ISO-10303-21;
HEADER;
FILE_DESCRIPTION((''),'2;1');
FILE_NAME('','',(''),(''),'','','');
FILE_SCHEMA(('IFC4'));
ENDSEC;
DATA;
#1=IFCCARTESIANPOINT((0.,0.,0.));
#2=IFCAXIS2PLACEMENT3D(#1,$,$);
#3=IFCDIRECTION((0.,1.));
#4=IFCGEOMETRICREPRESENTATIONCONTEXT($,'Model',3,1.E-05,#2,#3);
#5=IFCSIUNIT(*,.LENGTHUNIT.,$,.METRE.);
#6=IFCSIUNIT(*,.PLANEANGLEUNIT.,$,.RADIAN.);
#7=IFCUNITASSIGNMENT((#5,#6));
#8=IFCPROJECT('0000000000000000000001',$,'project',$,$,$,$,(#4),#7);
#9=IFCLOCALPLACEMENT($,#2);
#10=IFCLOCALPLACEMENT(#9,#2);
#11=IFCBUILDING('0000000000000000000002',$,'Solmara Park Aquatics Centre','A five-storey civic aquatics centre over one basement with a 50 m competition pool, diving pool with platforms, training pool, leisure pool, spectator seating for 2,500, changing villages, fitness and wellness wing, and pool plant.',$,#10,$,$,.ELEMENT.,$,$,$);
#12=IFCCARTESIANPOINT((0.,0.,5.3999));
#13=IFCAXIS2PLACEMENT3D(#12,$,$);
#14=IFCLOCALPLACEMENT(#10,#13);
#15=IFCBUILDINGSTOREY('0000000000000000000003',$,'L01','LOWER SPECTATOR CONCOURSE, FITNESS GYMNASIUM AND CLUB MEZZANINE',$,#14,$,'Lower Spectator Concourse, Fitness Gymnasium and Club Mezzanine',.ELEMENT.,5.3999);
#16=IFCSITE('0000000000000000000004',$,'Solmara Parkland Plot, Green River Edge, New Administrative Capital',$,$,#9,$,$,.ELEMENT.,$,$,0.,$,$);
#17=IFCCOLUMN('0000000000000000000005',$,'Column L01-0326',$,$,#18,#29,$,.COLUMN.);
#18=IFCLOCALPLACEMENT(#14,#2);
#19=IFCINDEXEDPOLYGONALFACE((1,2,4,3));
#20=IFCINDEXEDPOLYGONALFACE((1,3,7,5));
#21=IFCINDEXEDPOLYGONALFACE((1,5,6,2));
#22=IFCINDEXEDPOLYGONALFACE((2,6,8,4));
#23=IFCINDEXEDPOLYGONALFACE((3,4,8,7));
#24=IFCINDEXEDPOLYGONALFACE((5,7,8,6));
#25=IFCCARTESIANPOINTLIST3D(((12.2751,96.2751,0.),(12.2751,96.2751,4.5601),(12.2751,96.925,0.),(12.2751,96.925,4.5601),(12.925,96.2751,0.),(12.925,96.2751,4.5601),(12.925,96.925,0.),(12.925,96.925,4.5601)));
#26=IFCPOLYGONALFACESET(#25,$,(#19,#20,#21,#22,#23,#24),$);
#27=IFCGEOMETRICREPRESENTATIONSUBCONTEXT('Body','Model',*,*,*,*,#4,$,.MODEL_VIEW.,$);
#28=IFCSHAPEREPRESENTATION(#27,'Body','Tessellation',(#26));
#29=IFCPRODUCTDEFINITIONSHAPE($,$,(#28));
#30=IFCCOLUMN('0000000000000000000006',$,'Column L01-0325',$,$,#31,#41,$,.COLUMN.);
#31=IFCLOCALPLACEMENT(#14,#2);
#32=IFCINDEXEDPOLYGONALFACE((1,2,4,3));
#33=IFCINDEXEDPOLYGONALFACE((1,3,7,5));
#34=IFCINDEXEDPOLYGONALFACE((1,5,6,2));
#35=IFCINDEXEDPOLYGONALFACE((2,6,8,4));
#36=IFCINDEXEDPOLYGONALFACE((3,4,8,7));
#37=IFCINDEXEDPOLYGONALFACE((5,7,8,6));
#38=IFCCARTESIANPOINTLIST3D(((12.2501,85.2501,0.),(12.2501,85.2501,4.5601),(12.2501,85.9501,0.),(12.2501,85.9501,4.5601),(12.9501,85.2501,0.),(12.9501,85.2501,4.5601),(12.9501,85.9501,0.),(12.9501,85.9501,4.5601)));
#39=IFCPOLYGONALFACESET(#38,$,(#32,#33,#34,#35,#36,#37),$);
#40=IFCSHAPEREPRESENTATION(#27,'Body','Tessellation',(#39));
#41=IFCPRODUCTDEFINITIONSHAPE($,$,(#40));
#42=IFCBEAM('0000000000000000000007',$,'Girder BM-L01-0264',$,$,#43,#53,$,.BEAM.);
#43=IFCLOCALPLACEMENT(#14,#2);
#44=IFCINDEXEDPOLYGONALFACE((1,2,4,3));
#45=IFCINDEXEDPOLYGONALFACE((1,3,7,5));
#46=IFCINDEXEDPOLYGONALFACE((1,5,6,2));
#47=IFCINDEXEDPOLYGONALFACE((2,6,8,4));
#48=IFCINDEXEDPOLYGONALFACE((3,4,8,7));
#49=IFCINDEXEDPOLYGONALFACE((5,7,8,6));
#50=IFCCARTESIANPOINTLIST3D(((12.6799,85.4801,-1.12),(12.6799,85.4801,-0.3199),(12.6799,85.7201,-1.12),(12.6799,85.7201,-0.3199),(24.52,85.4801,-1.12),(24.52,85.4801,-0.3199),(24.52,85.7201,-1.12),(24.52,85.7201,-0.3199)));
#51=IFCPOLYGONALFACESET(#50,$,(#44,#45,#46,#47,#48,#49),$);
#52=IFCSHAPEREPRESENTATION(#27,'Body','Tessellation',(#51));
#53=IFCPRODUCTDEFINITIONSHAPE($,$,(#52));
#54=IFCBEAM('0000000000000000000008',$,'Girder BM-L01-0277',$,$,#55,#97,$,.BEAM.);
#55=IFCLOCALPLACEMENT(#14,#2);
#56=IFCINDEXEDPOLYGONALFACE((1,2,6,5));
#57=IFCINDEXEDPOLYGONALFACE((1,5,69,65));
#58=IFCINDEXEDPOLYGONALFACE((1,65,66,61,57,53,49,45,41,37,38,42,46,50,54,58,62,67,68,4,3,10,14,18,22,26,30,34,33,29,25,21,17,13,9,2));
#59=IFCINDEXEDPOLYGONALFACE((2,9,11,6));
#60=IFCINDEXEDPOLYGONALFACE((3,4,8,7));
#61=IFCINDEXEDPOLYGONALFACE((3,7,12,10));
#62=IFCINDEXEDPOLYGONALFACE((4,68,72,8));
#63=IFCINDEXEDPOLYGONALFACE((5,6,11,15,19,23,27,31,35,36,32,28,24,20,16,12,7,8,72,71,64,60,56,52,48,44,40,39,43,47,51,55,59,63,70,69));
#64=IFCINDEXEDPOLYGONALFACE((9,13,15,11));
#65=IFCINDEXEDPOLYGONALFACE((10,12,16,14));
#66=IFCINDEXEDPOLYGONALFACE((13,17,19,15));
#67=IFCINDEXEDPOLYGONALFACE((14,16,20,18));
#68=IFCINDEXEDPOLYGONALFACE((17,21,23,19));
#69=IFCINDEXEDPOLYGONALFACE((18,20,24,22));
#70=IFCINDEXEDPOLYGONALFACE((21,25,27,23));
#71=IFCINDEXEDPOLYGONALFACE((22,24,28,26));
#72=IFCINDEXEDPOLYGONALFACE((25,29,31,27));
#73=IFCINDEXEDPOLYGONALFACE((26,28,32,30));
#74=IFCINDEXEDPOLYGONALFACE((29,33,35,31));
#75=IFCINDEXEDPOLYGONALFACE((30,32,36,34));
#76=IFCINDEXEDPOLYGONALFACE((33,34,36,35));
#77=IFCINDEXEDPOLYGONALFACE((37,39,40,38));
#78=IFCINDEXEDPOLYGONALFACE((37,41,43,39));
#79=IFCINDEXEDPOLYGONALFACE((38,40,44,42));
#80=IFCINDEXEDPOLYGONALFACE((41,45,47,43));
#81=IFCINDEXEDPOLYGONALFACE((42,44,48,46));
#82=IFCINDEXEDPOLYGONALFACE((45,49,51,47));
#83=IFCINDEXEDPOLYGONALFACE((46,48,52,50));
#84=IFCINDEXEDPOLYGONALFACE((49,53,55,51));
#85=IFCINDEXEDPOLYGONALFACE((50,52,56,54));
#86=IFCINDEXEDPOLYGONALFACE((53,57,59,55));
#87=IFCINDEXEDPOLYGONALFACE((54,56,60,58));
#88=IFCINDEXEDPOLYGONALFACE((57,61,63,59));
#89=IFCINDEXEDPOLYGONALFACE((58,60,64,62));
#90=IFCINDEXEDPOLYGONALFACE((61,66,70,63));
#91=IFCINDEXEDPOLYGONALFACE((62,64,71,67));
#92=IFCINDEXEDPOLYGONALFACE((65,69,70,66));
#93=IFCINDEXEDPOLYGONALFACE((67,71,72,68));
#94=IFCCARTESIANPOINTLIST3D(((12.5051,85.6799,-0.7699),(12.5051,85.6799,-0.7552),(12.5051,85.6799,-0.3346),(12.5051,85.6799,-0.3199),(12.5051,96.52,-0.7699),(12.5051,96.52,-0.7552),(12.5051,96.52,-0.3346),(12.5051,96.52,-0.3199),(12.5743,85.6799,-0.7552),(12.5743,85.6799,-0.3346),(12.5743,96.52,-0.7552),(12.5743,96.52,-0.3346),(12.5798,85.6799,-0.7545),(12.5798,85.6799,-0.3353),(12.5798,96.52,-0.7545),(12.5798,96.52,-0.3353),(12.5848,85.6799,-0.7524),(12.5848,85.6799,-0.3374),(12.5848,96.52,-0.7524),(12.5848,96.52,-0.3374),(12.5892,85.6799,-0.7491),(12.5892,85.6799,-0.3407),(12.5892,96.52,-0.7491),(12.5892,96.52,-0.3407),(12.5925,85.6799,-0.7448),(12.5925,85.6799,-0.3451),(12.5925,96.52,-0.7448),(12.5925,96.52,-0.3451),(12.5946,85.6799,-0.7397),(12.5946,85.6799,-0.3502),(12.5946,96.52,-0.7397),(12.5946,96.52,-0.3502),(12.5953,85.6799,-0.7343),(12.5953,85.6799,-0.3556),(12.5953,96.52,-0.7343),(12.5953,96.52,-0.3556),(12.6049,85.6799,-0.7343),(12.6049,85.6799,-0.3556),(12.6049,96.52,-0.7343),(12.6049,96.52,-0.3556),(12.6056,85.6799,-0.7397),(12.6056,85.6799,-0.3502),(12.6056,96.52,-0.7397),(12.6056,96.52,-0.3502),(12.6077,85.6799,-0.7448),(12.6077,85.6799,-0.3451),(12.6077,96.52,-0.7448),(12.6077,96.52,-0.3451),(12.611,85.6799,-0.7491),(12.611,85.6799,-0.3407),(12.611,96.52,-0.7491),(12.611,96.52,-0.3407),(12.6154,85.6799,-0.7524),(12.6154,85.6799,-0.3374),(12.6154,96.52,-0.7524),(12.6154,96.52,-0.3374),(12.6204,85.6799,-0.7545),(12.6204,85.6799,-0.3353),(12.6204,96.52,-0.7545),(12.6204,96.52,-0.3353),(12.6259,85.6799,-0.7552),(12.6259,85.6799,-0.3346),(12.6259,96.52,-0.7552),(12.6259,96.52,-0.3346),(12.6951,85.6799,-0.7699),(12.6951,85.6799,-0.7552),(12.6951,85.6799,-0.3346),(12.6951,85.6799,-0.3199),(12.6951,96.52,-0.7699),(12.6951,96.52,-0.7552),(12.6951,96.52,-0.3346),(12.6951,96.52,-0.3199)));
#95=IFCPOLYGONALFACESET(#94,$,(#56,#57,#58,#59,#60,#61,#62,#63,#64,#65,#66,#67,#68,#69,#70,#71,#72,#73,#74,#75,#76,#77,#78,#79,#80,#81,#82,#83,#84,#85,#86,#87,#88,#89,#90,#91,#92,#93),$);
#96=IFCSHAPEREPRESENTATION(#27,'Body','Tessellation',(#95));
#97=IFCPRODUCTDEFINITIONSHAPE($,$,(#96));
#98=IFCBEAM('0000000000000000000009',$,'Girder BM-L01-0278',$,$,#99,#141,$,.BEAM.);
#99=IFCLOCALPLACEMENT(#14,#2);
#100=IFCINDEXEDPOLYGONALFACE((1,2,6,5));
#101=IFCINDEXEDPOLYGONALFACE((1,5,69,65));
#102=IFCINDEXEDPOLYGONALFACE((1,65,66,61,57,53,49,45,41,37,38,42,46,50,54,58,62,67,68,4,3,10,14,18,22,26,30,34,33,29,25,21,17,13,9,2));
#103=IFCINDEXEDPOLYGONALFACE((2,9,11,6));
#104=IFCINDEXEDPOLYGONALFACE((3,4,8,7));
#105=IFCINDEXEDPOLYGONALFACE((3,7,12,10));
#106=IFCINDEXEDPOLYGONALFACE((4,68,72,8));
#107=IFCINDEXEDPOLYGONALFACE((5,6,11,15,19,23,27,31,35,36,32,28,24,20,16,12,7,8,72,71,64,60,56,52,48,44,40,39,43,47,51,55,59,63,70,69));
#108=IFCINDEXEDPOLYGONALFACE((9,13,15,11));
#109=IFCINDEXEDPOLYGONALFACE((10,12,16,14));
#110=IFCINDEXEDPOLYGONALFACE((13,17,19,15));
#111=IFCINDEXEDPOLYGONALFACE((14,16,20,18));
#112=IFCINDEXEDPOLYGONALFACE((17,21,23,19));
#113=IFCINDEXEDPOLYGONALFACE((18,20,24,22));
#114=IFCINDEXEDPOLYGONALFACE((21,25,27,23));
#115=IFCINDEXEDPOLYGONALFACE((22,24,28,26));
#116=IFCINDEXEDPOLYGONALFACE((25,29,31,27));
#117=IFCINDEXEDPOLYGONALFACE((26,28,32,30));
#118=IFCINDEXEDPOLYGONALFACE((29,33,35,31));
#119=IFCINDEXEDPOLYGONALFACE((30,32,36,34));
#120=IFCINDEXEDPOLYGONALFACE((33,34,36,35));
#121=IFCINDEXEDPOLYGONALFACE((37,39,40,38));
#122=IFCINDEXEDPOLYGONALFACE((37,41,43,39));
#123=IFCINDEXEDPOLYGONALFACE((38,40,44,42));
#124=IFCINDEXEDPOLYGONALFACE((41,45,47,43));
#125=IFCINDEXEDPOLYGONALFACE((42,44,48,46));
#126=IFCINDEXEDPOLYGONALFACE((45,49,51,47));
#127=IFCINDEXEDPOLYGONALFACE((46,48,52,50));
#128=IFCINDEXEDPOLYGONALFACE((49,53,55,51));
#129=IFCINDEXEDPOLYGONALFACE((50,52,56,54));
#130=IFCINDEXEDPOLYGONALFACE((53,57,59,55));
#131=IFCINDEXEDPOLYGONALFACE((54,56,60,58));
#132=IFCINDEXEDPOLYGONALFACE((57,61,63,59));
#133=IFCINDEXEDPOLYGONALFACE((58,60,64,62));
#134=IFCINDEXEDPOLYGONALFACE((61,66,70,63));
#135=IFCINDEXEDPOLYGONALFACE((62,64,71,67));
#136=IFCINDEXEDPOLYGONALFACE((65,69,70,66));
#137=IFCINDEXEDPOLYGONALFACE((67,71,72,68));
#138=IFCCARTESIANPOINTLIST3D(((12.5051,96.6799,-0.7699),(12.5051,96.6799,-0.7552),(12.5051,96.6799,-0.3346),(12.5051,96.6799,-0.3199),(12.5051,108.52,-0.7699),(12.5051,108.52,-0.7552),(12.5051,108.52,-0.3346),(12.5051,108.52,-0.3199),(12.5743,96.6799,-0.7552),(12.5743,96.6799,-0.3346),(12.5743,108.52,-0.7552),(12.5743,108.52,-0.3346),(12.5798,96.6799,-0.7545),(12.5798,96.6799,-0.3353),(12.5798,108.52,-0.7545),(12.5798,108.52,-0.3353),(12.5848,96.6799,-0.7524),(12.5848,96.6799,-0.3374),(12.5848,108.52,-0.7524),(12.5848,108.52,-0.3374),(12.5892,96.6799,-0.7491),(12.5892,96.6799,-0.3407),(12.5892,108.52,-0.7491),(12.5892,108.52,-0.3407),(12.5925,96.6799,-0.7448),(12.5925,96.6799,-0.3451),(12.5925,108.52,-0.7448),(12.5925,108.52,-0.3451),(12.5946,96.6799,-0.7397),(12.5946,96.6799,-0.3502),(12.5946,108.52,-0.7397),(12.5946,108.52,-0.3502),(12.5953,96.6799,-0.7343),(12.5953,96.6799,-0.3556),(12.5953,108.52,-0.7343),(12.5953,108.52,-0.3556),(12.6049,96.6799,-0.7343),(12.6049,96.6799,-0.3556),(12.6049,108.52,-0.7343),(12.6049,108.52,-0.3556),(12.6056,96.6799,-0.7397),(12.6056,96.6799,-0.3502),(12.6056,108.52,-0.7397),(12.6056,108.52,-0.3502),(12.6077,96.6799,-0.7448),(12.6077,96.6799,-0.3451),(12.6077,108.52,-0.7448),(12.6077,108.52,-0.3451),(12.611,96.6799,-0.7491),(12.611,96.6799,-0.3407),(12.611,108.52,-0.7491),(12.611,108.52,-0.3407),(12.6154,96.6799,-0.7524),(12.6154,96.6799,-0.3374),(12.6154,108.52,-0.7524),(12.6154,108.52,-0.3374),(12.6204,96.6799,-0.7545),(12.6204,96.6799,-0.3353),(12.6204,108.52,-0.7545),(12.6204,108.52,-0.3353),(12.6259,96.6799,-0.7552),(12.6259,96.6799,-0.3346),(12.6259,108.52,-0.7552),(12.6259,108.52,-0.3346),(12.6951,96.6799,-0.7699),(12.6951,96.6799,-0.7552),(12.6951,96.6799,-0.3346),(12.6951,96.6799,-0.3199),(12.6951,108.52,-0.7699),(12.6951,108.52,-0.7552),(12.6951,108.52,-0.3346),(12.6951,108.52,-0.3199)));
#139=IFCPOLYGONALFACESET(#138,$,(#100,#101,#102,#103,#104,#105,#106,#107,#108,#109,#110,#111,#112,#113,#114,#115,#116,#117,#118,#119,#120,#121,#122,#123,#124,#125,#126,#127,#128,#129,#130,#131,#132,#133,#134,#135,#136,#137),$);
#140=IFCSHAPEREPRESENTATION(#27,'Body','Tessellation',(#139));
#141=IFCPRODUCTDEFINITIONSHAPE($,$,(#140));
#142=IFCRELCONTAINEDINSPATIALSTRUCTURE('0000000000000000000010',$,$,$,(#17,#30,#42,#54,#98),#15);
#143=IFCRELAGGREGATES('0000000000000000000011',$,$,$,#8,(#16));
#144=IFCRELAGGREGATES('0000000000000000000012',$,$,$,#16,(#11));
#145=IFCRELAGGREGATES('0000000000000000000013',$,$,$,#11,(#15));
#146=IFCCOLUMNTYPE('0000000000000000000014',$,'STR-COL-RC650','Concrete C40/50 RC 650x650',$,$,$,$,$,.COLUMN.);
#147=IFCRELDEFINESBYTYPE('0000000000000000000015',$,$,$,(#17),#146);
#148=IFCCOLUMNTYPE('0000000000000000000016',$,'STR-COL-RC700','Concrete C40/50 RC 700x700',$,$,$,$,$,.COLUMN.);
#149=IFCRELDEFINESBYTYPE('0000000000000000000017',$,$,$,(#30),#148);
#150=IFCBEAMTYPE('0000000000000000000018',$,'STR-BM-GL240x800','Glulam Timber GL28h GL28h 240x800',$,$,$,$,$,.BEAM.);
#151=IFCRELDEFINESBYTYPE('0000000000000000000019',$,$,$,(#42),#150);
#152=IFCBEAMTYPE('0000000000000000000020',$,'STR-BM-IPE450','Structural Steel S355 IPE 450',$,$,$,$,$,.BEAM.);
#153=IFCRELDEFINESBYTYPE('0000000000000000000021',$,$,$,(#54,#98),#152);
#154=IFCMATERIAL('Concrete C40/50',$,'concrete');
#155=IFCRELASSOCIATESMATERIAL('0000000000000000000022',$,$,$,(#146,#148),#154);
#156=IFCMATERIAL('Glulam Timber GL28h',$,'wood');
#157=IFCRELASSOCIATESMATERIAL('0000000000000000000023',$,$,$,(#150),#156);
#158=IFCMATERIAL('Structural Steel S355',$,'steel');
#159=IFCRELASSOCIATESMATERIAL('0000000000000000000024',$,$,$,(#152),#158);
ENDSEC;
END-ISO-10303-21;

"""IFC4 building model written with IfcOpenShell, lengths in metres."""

from ifc_helpers import new_model, si_unit, direction, frame, origin, origin_2d, place, context, subcontext, project, spatial, rectangle, i_section, extrude, material, material_profile, profile_set, type_object, element, save


model = new_model("IFC4")

# Units and contexts
model_context = context("Model", 3, precision=1e-05, world=origin(), true_north=direction((0.0, 1.0)))
body_context = subcontext(model_context, "Body", "Model", "MODEL_VIEW")
ifc_project = project(units=[si_unit("LENGTHUNIT", "METRE"), si_unit("PLANEANGLEUNIT", "RADIAN")], contexts=[model_context])

# Site, building, storey
site_placement = place(None, origin())
site = spatial("IfcSite", under=ifc_project, at=site_placement, Name="Solmara Parkland Plot, Green River Edge, New Administrative Capital", CompositionType="ELEMENT", RefElevation=0.0)
building_placement = place(site_placement, origin())
building = spatial("IfcBuilding", under=site, at=building_placement, Name="Solmara Park Aquatics Centre", Description="A five-storey civic aquatics centre over one basement with a 50 m competition pool, diving pool with platforms, training pool, leisure pool, spectator seating for 2,500, changing villages, fitness and wellness wing, and pool plant.", CompositionType="ELEMENT")
storey_placement = place(building_placement, frame((0.0, 0.0, 5.3999)))
storey = spatial("IfcBuildingStorey", under=building, at=storey_placement, Name="L01", Description="LOWER SPECTATOR CONCOURSE, FITNESS GYMNASIUM AND CLUB MEZZANINE", LongName="Lower Spectator Concourse, Fitness Gymnasium and Club Mezzanine", CompositionType="ELEMENT", Elevation=5.3999)

# Columns
ifc_material_1 = material(Name="Concrete C40/50", Category="concrete")
ifc_material_profile_1 = material_profile(ifc_material_1, rectangle(XDim=0.6499, YDim=0.6499, at=origin_2d()), Name="RC 650x650")
ifc_profile_set_1 = profile_set([ifc_material_profile_1], Name="Concrete C40/50")
column_type_1 = type_object("IfcColumnType", Name="STR-COL-RC650", Description="Concrete C40/50 RC 650x650", PredefinedType="COLUMN", material=ifc_profile_set_1)
column_1_placement = place(storey_placement, frame((12.6001, 96.6001, 0.0), z_axis=(0.0, 0.0, 1.0), x_axis=(1.0, 0.0, 0.0)))
element("IfcColumn", 1, at=column_1_placement, inside=storey, type_object=column_type_1, Name="Column L01-0326", PredefinedType="COLUMN", context=body_context, shape_type="SweptSolid", body=[
    extrude(rectangle(XDim=0.6499, YDim=0.6499, at=origin_2d()), origin(), (0.0, 0.0, 1.0), 4.5601),
])
ifc_material_profile_2 = material_profile(ifc_material_1, rectangle(XDim=0.7, YDim=0.7, at=origin_2d()), Name="RC 700x700")
ifc_profile_set_2 = profile_set([ifc_material_profile_2], Name="Concrete C40/50")
column_type_2 = type_object("IfcColumnType", Name="STR-COL-RC700", Description="Concrete C40/50 RC 700x700", PredefinedType="COLUMN", material=ifc_profile_set_2)
column_2_placement = place(storey_placement, frame((12.6001, 85.6001, 0.0), z_axis=(0.0, 0.0, 1.0), x_axis=(1.0, 0.0, 0.0)))
element("IfcColumn", 2, at=column_2_placement, inside=storey, type_object=column_type_2, Name="Column L01-0325", PredefinedType="COLUMN", context=body_context, shape_type="SweptSolid", body=[
    extrude(rectangle(XDim=0.7, YDim=0.7, at=origin_2d()), origin(), (0.0, 0.0, 1.0), 4.5601),
])

# Beams
ifc_material_2 = material(Name="Glulam Timber GL28h", Category="wood")
ifc_material_profile_3 = material_profile(ifc_material_2, rectangle(XDim=0.24, YDim=0.8, at=origin_2d()), Name="GL28h 240x800")
ifc_profile_set_3 = profile_set([ifc_material_profile_3], Name="Glulam Timber GL28h")
beam_type_1 = type_object("IfcBeamType", Name="STR-BM-GL240x800", Description="Glulam Timber GL28h GL28h 240x800", PredefinedType="BEAM", material=ifc_profile_set_3)
beam_1_placement = place(storey_placement, frame((12.6799, 85.6001, -0.72), z_axis=(1.0, 0.0, 0.0), x_axis=(0.0, 1.0, 0.0)))
element("IfcBeam", 3, at=beam_1_placement, inside=storey, type_object=beam_type_1, Name="Girder BM-L01-0264", PredefinedType="BEAM", context=body_context, shape_type="SweptSolid", body=[
    extrude(rectangle(XDim=0.24, YDim=0.8, at=origin_2d()), origin(), (0.0, 0.0, 1.0), 11.8401),
])
ifc_material_3 = material(Name="Structural Steel S355", Category="steel")
ifc_material_profile_4 = material_profile(ifc_material_3, i_section(OverallWidth=0.1899, OverallDepth=0.45, WebThickness=0.0095, FlangeThickness=0.0146, FilletRadius=0.021, at=origin_2d()), Name="IPE 450")
ifc_profile_set_4 = profile_set([ifc_material_profile_4], Name="Structural Steel S355")
beam_type_2 = type_object("IfcBeamType", Name="STR-BM-IPE450", Description="Structural Steel S355 IPE 450", PredefinedType="BEAM", material=ifc_profile_set_4)
beam_2_placement = place(storey_placement, frame((12.6001, 85.6799, -0.5449), z_axis=(0.0, 1.0, 0.0), x_axis=(-1.0, 0.0, 0.0)))
element("IfcBeam", 4, at=beam_2_placement, inside=storey, type_object=beam_type_2, Name="Girder BM-L01-0277", PredefinedType="BEAM", context=body_context, shape_type="SweptSolid", body=[
    extrude(i_section(OverallWidth=0.1899, OverallDepth=0.45, WebThickness=0.0095, FlangeThickness=0.0146, FilletRadius=0.021, at=origin_2d()), origin(), (0.0, 0.0, 1.0), 10.8401),
])
beam_3_placement = place(storey_placement, frame((12.6001, 96.6799, -0.5449), z_axis=(0.0, 1.0, 0.0), x_axis=(-1.0, 0.0, 0.0)))
element("IfcBeam", 5, at=beam_3_placement, inside=storey, type_object=beam_type_2, Name="Girder BM-L01-0278", PredefinedType="BEAM", context=body_context, shape_type="SweptSolid", body=[
    extrude(i_section(OverallWidth=0.1899, OverallDepth=0.45, WebThickness=0.0095, FlangeThickness=0.0146, FilletRadius=0.021, at=origin_2d()), origin(), (0.0, 0.0, 1.0), 11.8401),
])

save(model, "model.ifc")
